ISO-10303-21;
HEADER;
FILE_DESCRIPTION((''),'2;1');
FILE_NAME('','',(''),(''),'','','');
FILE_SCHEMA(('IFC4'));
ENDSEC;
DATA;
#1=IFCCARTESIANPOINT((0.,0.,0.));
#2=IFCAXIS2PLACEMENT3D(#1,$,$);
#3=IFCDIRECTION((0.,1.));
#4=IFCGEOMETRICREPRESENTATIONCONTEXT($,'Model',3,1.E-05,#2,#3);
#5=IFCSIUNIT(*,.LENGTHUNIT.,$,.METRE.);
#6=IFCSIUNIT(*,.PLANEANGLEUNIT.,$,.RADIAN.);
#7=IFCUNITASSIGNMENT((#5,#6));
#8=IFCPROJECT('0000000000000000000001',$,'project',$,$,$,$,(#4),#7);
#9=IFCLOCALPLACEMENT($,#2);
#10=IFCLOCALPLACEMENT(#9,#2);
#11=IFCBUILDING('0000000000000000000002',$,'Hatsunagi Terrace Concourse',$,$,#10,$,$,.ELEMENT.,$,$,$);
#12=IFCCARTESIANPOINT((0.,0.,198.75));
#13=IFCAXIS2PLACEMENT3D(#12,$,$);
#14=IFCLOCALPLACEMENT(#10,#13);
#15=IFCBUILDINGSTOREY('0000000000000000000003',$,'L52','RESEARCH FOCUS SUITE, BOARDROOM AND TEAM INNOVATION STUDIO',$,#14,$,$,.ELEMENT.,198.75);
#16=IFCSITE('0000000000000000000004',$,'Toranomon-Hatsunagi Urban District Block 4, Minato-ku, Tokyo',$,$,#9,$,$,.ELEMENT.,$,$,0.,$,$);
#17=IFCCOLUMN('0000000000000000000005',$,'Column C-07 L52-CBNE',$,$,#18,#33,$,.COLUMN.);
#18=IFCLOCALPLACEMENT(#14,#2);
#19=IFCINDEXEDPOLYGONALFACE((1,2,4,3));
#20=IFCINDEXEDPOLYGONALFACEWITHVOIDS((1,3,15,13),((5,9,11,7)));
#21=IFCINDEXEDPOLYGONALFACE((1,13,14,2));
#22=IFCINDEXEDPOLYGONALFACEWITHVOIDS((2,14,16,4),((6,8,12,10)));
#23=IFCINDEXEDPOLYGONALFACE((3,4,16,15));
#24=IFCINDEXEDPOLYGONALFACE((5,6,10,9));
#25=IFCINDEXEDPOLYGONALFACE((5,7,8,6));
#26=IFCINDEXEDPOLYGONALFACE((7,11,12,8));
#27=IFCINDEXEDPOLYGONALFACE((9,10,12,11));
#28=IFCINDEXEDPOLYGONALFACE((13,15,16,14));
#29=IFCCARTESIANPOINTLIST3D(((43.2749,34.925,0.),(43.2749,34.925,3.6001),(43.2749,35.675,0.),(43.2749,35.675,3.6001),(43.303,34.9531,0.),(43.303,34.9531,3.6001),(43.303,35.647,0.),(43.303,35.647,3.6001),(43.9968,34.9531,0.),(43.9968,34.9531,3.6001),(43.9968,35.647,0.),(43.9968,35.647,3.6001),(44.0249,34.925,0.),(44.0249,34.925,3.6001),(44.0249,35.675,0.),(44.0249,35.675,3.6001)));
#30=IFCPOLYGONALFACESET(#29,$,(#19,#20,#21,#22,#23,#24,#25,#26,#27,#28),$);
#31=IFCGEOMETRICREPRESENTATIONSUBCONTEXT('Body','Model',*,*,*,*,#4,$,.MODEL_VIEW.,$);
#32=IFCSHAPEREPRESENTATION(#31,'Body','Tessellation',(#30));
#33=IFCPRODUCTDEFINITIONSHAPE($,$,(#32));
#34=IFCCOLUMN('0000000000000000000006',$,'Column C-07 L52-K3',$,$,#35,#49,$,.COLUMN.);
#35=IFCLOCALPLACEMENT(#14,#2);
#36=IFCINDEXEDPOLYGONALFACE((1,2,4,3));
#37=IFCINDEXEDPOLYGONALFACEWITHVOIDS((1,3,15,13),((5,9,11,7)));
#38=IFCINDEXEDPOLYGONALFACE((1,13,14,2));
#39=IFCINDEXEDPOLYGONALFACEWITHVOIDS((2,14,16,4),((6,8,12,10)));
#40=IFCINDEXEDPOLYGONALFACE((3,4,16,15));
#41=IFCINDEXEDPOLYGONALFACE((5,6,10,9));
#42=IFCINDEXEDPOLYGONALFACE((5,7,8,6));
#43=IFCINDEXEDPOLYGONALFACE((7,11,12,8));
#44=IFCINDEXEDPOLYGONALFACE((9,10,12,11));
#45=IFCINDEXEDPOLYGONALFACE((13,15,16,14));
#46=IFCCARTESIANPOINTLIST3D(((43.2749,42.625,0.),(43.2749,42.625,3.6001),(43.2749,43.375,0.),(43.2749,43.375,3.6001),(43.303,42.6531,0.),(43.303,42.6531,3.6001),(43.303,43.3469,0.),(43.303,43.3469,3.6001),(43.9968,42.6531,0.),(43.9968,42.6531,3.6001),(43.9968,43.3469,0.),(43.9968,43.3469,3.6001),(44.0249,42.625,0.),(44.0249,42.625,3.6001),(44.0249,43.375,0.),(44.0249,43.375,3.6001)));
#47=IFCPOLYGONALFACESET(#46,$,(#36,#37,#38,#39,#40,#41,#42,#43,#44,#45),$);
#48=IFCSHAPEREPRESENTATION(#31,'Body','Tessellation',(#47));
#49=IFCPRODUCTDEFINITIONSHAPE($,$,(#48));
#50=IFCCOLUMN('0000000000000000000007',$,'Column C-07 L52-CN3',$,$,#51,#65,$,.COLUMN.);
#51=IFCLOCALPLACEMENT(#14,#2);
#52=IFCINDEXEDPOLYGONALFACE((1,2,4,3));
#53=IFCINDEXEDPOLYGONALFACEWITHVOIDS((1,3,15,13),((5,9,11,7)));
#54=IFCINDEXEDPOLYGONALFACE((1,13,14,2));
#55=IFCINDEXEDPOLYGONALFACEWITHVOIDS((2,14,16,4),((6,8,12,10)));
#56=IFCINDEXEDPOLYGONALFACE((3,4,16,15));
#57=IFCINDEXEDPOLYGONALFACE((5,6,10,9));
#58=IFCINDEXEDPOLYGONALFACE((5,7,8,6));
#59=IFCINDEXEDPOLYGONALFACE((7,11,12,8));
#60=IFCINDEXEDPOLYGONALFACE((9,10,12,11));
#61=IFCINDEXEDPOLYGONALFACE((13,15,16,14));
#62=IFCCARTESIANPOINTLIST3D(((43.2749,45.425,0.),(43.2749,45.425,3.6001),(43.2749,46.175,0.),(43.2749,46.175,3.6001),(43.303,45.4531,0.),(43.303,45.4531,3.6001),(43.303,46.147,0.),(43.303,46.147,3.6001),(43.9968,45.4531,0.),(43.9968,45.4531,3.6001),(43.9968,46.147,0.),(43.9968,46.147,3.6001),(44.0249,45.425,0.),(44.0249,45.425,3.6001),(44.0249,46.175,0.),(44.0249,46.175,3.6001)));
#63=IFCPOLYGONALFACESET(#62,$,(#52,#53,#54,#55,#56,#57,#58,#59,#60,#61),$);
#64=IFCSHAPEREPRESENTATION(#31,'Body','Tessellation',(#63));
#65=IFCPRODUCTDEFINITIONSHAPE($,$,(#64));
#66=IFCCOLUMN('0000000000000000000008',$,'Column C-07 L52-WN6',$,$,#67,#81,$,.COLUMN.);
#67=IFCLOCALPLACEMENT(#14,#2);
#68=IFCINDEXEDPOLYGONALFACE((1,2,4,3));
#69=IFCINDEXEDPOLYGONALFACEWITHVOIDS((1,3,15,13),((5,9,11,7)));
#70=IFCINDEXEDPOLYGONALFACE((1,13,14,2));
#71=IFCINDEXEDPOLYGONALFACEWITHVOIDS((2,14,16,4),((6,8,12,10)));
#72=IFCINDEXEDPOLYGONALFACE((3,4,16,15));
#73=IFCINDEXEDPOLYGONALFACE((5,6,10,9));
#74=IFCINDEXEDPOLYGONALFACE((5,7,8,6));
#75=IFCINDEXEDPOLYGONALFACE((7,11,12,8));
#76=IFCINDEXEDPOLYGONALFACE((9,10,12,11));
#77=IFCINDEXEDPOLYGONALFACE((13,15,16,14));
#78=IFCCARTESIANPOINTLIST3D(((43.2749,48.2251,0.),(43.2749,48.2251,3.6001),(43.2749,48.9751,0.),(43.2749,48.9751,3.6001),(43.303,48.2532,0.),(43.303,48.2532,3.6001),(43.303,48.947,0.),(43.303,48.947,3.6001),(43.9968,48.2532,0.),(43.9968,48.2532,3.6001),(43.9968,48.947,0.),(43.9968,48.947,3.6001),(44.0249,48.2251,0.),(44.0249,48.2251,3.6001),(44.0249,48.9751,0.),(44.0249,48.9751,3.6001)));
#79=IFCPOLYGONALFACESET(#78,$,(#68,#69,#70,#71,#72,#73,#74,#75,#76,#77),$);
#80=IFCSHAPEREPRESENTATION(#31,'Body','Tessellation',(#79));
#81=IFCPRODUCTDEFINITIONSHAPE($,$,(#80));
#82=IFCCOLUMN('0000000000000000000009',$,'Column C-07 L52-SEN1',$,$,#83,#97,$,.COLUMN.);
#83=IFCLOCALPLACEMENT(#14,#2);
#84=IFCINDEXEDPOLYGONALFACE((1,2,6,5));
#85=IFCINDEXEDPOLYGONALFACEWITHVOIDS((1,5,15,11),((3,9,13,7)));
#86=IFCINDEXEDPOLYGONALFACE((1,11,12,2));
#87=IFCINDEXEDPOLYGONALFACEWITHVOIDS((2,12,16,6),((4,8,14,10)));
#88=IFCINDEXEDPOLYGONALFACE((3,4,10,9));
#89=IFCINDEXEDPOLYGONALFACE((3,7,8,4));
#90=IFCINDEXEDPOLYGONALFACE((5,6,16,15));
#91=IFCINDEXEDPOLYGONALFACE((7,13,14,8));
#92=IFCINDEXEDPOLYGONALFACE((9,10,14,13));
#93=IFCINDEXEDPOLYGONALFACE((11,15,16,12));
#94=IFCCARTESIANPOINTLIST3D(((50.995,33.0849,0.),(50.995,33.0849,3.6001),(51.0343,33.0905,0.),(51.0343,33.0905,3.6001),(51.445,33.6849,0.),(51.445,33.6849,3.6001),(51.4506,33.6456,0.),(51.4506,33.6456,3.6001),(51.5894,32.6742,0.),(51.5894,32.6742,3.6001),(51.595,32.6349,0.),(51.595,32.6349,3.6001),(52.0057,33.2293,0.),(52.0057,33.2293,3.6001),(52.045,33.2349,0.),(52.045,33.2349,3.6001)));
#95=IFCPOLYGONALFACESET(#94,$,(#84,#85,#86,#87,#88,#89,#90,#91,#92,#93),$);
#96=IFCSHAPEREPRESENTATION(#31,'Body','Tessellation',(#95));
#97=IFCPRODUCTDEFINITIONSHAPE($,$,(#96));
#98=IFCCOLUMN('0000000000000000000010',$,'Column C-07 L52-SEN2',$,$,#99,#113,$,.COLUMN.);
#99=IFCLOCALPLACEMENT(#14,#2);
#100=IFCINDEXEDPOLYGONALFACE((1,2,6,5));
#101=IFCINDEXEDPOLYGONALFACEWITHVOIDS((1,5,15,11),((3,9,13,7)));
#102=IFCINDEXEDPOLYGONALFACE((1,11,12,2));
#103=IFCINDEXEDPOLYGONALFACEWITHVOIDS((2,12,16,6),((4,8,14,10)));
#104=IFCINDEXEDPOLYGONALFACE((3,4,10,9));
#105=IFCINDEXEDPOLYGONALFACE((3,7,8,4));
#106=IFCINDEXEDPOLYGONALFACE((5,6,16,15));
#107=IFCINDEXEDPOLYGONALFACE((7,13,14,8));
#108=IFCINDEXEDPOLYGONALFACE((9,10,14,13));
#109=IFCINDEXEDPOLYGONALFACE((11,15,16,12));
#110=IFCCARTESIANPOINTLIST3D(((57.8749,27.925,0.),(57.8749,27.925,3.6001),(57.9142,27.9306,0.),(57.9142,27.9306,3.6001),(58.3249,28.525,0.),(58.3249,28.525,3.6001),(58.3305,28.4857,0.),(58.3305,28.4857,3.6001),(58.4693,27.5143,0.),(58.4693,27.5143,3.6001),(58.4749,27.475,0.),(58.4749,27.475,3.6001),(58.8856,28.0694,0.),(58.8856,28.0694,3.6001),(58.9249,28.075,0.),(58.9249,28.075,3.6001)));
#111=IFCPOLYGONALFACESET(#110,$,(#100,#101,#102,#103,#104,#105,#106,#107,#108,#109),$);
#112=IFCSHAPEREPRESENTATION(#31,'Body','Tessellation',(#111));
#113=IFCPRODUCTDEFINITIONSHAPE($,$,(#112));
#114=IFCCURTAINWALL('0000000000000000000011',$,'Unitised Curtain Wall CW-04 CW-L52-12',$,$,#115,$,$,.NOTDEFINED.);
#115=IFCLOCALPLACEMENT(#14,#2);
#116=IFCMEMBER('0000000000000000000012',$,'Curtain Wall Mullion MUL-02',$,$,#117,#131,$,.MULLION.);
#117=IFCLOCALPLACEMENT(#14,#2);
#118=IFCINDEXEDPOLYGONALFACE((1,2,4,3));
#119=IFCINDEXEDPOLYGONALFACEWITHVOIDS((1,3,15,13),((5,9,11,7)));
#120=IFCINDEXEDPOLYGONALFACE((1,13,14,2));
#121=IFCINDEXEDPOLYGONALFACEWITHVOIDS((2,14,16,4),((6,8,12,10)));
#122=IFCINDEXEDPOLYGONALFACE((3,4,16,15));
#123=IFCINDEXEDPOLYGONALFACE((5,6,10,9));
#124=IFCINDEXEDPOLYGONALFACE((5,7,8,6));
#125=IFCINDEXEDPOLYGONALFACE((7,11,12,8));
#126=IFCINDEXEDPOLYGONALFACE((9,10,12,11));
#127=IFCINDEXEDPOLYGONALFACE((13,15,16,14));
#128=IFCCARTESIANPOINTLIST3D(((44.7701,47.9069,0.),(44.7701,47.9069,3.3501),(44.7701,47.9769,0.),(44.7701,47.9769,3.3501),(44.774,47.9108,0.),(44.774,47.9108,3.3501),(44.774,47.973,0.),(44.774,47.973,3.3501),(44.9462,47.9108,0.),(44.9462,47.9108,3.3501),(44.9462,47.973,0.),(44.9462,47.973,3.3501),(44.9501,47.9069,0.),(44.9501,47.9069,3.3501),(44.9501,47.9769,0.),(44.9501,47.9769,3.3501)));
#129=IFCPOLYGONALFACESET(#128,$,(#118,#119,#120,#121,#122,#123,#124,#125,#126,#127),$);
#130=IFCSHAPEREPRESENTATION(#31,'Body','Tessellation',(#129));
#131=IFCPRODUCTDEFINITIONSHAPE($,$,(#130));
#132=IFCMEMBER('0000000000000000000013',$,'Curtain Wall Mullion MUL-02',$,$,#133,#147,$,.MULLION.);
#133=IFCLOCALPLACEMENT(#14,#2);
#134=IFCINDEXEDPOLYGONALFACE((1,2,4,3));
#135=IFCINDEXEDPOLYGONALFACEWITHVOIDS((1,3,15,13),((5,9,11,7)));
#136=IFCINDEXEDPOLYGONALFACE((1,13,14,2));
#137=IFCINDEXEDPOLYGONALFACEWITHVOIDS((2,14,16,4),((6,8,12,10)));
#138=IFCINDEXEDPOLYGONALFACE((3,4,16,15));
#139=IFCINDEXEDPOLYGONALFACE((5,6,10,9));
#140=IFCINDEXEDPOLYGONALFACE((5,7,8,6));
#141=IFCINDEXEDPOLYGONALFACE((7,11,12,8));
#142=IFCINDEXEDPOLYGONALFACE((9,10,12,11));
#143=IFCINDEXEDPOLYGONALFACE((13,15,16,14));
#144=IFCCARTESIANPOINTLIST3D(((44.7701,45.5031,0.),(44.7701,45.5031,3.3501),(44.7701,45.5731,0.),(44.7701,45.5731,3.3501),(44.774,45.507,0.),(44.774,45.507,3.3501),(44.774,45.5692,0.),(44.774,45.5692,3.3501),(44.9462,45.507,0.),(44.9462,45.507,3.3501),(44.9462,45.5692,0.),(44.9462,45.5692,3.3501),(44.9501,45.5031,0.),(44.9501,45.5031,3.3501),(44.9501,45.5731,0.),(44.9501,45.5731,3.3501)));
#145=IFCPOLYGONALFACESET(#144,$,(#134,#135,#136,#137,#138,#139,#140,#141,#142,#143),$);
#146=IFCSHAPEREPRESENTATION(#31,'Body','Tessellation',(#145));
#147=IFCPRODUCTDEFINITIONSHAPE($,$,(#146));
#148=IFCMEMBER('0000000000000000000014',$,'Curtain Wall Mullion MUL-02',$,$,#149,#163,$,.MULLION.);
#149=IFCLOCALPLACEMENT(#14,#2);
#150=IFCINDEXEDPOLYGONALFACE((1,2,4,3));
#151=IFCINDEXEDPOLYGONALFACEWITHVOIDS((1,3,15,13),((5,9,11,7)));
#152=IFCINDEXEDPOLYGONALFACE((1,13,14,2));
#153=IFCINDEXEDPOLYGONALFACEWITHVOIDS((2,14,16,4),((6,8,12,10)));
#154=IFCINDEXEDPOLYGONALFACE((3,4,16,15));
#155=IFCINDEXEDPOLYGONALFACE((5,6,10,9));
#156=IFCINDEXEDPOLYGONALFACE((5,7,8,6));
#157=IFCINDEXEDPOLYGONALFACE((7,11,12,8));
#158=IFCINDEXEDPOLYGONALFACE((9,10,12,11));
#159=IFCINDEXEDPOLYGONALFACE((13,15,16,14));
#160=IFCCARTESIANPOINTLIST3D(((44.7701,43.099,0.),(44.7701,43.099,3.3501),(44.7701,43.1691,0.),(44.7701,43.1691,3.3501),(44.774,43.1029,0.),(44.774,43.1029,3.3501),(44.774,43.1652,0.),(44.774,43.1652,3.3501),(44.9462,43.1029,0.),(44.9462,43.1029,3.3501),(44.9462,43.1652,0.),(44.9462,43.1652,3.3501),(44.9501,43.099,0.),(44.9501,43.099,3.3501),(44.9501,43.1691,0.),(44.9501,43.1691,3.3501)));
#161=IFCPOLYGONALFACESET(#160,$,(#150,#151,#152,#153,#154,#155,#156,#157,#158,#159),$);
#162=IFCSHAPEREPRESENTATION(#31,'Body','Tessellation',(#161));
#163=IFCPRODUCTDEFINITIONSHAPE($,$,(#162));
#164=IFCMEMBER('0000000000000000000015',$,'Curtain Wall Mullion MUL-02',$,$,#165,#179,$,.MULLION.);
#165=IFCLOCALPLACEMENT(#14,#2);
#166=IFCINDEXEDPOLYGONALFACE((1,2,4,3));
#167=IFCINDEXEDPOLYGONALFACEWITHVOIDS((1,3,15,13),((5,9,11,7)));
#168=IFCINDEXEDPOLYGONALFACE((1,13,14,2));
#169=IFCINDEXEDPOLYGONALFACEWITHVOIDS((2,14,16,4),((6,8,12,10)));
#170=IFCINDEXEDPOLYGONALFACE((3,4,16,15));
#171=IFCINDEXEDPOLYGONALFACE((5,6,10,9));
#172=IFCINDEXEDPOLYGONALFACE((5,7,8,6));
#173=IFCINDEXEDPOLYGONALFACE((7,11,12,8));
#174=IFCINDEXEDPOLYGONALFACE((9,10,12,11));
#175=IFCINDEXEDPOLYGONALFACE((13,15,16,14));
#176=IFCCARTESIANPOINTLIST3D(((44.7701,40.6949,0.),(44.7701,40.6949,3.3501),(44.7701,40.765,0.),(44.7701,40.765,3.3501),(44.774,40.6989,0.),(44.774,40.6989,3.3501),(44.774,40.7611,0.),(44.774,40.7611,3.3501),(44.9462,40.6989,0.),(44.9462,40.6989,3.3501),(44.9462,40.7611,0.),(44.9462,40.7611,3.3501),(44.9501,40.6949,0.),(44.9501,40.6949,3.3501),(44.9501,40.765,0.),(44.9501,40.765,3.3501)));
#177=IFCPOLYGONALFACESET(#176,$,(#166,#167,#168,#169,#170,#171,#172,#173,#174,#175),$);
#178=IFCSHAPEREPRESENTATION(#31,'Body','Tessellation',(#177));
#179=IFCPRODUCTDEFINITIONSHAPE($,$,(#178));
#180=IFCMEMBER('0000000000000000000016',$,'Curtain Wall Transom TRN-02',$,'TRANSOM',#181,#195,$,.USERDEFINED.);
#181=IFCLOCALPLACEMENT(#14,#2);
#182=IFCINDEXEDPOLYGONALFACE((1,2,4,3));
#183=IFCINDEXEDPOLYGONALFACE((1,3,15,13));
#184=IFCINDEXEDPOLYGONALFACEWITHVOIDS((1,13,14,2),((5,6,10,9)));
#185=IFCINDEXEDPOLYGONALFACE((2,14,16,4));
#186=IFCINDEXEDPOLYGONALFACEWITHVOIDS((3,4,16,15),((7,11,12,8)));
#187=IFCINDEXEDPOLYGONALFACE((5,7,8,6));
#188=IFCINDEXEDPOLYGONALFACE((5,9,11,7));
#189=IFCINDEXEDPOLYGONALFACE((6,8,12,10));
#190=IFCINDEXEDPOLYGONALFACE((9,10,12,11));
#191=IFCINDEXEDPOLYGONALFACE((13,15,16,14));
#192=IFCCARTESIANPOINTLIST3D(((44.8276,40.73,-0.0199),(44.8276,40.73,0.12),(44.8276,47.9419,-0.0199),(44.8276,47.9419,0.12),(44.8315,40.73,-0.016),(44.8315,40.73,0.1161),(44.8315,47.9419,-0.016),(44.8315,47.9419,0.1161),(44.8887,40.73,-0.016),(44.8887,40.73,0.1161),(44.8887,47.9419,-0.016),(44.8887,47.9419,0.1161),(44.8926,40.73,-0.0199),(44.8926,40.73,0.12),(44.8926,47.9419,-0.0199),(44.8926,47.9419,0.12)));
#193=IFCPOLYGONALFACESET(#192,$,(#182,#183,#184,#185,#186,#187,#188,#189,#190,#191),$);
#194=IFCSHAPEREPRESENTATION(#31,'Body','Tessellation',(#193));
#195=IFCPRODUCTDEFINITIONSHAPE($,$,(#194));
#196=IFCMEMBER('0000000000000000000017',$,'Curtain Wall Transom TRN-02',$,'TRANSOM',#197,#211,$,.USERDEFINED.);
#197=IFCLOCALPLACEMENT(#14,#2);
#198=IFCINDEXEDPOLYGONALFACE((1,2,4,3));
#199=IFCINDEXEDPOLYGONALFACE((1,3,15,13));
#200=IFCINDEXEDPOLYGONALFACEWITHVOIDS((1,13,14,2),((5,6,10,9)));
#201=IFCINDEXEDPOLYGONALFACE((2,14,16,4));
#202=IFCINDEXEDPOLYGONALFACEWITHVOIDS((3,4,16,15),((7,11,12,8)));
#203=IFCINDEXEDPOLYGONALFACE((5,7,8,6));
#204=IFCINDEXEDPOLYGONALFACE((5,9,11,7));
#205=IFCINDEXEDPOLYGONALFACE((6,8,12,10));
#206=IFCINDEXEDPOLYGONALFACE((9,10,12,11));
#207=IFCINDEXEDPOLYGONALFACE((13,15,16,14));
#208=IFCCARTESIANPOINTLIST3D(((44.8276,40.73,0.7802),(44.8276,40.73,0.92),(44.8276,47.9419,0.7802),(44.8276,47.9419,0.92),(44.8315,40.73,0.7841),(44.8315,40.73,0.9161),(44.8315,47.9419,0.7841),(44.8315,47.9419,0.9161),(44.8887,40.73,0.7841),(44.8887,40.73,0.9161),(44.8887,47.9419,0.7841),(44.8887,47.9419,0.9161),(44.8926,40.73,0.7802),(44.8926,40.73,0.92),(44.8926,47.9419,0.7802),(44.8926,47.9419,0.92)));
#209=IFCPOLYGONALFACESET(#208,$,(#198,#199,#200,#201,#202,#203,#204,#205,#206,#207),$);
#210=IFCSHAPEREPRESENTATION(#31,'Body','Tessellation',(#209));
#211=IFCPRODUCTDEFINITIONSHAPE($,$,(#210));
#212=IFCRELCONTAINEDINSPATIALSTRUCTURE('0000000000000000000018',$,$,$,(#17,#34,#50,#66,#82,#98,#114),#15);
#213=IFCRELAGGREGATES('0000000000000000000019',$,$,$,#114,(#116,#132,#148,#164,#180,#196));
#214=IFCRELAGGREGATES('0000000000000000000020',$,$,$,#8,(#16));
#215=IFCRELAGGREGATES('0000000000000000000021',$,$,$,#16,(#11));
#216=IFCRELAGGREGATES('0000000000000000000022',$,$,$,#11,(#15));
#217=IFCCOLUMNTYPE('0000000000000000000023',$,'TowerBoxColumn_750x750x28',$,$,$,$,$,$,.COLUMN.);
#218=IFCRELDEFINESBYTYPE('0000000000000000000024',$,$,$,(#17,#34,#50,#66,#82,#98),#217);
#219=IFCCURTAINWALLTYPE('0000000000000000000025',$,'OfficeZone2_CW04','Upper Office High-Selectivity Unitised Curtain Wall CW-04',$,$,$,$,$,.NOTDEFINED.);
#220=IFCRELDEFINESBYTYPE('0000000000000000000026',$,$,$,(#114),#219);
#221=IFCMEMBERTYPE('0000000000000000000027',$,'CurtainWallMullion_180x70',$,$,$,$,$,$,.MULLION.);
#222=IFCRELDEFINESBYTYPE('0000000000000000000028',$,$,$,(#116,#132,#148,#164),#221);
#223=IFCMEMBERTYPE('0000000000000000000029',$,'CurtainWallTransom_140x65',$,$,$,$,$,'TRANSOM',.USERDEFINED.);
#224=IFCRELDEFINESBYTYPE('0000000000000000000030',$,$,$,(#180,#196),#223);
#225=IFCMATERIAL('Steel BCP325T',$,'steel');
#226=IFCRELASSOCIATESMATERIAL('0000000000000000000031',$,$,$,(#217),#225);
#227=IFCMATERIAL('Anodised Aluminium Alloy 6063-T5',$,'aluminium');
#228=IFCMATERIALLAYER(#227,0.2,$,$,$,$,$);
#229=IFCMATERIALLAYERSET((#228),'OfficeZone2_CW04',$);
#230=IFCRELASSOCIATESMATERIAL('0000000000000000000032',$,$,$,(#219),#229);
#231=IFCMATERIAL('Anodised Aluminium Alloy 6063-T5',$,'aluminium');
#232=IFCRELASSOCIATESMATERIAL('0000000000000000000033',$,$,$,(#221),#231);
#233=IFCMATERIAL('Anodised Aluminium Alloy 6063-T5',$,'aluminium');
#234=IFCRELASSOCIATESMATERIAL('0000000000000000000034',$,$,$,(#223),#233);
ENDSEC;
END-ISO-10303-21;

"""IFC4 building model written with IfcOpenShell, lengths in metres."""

from ifc_helpers import new_model, si_unit, direction, frame, origin, origin_2d, place, context, subcontext, project, spatial, hollow_rectangle, extrude, material, layer, layer_set, material_profile, profile_set, type_object, element, aggregate, save


model = new_model("IFC4")

# Units and contexts
model_context = context("Model", 3, precision=1e-05, world=origin(), true_north=direction((0.0, 1.0)))
body_context = subcontext(model_context, "Body", "Model", "MODEL_VIEW")
ifc_project = project(units=[si_unit("LENGTHUNIT", "METRE"), si_unit("PLANEANGLEUNIT", "RADIAN")], contexts=[model_context])

# Site, building, storey
site_placement = place(None, origin())
site = spatial("IfcSite", under=ifc_project, at=site_placement, Name="Toranomon-Hatsunagi Urban District Block 4, Minato-ku, Tokyo", CompositionType="ELEMENT", RefElevation=0.0)
building_placement = place(site_placement, origin())
building = spatial("IfcBuilding", under=site, at=building_placement, Name="Hatsunagi Terrace Concourse", CompositionType="ELEMENT")
storey_placement = place(building_placement, frame((0.0, 0.0, 198.75)))
storey = spatial("IfcBuildingStorey", under=building, at=storey_placement, Name="L52", Description="RESEARCH FOCUS SUITE, BOARDROOM AND TEAM INNOVATION STUDIO", CompositionType="ELEMENT", Elevation=198.75)

# Columns
ifc_material_1 = material(Name="Steel BCP325T", Category="steel")
ifc_material_profile_1 = material_profile(ifc_material_1, hollow_rectangle(XDim=0.75, YDim=0.75, WallThickness=0.0281, at=origin_2d()), Name="BCP-750x750x28")
ifc_profile_set_1 = profile_set([ifc_material_profile_1], Name="Steel BCP325T")
column_type = type_object("IfcColumnType", Name="TowerBoxColumn_750x750x28", PredefinedType="COLUMN", material=ifc_profile_set_1)
for number, where, z_axis, x_axis, name in (
    (1, (43.6499, 35.3, 0.0), (0.0, 0.0, 1.0), (1.0, 0.0, 0.0), "Column C-07 L52-CBNE"),
    (2, (43.6499, 43.0, 0.0), (0.0, 0.0, 1.0), (1.0, 0.0, 0.0), "Column C-07 L52-K3"),
    (3, (43.6499, 45.8, 0.0), (0.0, 0.0, 1.0), (1.0, 0.0, 0.0), "Column C-07 L52-CN3"),
    (4, (43.6499, 48.6001, 0.0), (0.0, 0.0, 1.0), (1.0, 0.0, 0.0), "Column C-07 L52-WN6"),
    (5, (51.52, 33.1599, 0.0), (0.0, 0.0, 1.0), (0.8, -0.6, 0.0), "Column C-07 L52-SEN1"),
    (6, (58.3999, 28.0, 0.0), (0.0, 0.0, 1.0), (0.8, -0.6, 0.0), "Column C-07 L52-SEN2"),
):
    element("IfcColumn", number, at=place(storey_placement, frame(where, z_axis=z_axis, x_axis=x_axis)), inside=storey, type_object=column_type, Name=name, PredefinedType="COLUMN", context=body_context, shape_type="SweptSolid", body=[
        extrude(hollow_rectangle(XDim=0.75, YDim=0.75, WallThickness=0.0281, at=origin_2d()), origin(), (0.0, 0.0, 1.0), 3.6001),
    ])

# Curtain wall, members
ifc_material_2 = material(Name="Anodised Aluminium Alloy 6063-T5", Category="aluminium")
ifc_layer_1 = layer(ifc_material_2, 0.2)
ifc_layer_set_1 = layer_set([ifc_layer_1], Name="OfficeZone2_CW04")
curtain_wall_type = type_object("IfcCurtainWallType", Name="OfficeZone2_CW04", Description="Upper Office High-Selectivity Unitised Curtain Wall CW-04", PredefinedType="NOTDEFINED", material=ifc_layer_set_1)
curtain_wall_placement = place(storey_placement, origin())
curtain_wall = element("IfcCurtainWall", 7, at=curtain_wall_placement, inside=storey, type_object=curtain_wall_type, Name="Unitised Curtain Wall CW-04 CW-L52-12", PredefinedType="NOTDEFINED")
ifc_material_3 = material(Name="Anodised Aluminium Alloy 6063-T5", Category="aluminium")
ifc_material_profile_2 = material_profile(ifc_material_3, hollow_rectangle(XDim=0.0701, YDim=0.1799, WallThickness=0.0039, at=origin_2d()), Name="ALU-MUL-180x70x4")
ifc_profile_set_2 = profile_set([ifc_material_profile_2], Name="Anodised Aluminium Alloy 6063-T5")
member_type_1 = type_object("IfcMemberType", Name="CurtainWallMullion_180x70", PredefinedType="MULLION", material=ifc_profile_set_2)
member_1_placement = place(storey_placement, frame((44.8601, 47.9419, 0.0), z_axis=(0.0, 0.0, 1.0), x_axis=(0.0, -1.0, 0.0)))
member_1 = element("IfcMember", 8, at=member_1_placement, type_object=member_type_1, Name="Curtain Wall Mullion MUL-02", PredefinedType="MULLION", context=body_context, shape_type="SweptSolid", body=[
    extrude(hollow_rectangle(XDim=0.0701, YDim=0.1799, WallThickness=0.0039, at=origin_2d()), origin(), (0.0, 0.0, 1.0), 3.3501),
])
member_2_placement = place(storey_placement, frame((44.8601, 45.5381, 0.0), z_axis=(0.0, 0.0, 1.0), x_axis=(0.0, -1.0, 0.0)))
member_2 = element("IfcMember", 9, at=member_2_placement, type_object=member_type_1, Name="Curtain Wall Mullion MUL-02", PredefinedType="MULLION", context=body_context, shape_type="SweptSolid", body=[
    extrude(hollow_rectangle(XDim=0.0701, YDim=0.1799, WallThickness=0.0039, at=origin_2d()), origin(), (0.0, 0.0, 1.0), 3.3501),
])
member_3_placement = place(storey_placement, frame((44.8601, 43.134, 0.0), z_axis=(0.0, 0.0, 1.0), x_axis=(0.0, -1.0, 0.0)))
member_3 = element("IfcMember", 10, at=member_3_placement, type_object=member_type_1, Name="Curtain Wall Mullion MUL-02", PredefinedType="MULLION", context=body_context, shape_type="SweptSolid", body=[
    extrude(hollow_rectangle(XDim=0.0701, YDim=0.1799, WallThickness=0.0039, at=origin_2d()), origin(), (0.0, 0.0, 1.0), 3.3501),
])
member_4_placement = place(storey_placement, frame((44.8601, 40.73, 0.0), z_axis=(0.0, 0.0, 1.0), x_axis=(0.0, -1.0, 0.0)))
member_4 = element("IfcMember", 11, at=member_4_placement, type_object=member_type_1, Name="Curtain Wall Mullion MUL-02", PredefinedType="MULLION", context=body_context, shape_type="SweptSolid", body=[
    extrude(hollow_rectangle(XDim=0.0701, YDim=0.1799, WallThickness=0.0039, at=origin_2d()), origin(), (0.0, 0.0, 1.0), 3.3501),
])
ifc_material_4 = material(Name="Anodised Aluminium Alloy 6063-T5", Category="aluminium")
ifc_material_profile_3 = material_profile(ifc_material_4, hollow_rectangle(XDim=0.0649, YDim=0.1399, WallThickness=0.0039, at=origin_2d()), Name="ALU-TRN-140x65x4")
ifc_profile_set_3 = profile_set([ifc_material_profile_3], Name="Anodised Aluminium Alloy 6063-T5")
member_type_2 = type_object("IfcMemberType", Name="CurtainWallTransom_140x65", ElementType="TRANSOM", PredefinedType="USERDEFINED", material=ifc_profile_set_3)
member_5_placement = place(storey_placement, frame((44.8601, 47.9419, 0.05), z_axis=(0.0, -1.0, 0.0), x_axis=(1.0, 0.0, 0.0)))
member_5 = element("IfcMember", 12, at=member_5_placement, type_object=member_type_2, Name="Curtain Wall Transom TRN-02", ObjectType="TRANSOM", PredefinedType="USERDEFINED", context=body_context, shape_type="SweptSolid", body=[
    extrude(hollow_rectangle(XDim=0.0649, YDim=0.1399, WallThickness=0.0039, at=origin_2d()), origin(), (0.0, 0.0, 1.0), 7.2119),
])
member_6_placement = place(storey_placement, frame((44.8601, 47.9419, 0.8501), z_axis=(0.0, -1.0, 0.0), x_axis=(1.0, 0.0, 0.0)))
member_6 = element("IfcMember", 13, at=member_6_placement, type_object=member_type_2, Name="Curtain Wall Transom TRN-02", ObjectType="TRANSOM", PredefinedType="USERDEFINED", context=body_context, shape_type="SweptSolid", body=[
    extrude(hollow_rectangle(XDim=0.0649, YDim=0.1399, WallThickness=0.0039, at=origin_2d()), origin(), (0.0, 0.0, 1.0), 7.2119),
])

aggregate(curtain_wall, [member_1, member_2, member_3, member_4, member_5, member_6])

save(model, "model.ifc")
